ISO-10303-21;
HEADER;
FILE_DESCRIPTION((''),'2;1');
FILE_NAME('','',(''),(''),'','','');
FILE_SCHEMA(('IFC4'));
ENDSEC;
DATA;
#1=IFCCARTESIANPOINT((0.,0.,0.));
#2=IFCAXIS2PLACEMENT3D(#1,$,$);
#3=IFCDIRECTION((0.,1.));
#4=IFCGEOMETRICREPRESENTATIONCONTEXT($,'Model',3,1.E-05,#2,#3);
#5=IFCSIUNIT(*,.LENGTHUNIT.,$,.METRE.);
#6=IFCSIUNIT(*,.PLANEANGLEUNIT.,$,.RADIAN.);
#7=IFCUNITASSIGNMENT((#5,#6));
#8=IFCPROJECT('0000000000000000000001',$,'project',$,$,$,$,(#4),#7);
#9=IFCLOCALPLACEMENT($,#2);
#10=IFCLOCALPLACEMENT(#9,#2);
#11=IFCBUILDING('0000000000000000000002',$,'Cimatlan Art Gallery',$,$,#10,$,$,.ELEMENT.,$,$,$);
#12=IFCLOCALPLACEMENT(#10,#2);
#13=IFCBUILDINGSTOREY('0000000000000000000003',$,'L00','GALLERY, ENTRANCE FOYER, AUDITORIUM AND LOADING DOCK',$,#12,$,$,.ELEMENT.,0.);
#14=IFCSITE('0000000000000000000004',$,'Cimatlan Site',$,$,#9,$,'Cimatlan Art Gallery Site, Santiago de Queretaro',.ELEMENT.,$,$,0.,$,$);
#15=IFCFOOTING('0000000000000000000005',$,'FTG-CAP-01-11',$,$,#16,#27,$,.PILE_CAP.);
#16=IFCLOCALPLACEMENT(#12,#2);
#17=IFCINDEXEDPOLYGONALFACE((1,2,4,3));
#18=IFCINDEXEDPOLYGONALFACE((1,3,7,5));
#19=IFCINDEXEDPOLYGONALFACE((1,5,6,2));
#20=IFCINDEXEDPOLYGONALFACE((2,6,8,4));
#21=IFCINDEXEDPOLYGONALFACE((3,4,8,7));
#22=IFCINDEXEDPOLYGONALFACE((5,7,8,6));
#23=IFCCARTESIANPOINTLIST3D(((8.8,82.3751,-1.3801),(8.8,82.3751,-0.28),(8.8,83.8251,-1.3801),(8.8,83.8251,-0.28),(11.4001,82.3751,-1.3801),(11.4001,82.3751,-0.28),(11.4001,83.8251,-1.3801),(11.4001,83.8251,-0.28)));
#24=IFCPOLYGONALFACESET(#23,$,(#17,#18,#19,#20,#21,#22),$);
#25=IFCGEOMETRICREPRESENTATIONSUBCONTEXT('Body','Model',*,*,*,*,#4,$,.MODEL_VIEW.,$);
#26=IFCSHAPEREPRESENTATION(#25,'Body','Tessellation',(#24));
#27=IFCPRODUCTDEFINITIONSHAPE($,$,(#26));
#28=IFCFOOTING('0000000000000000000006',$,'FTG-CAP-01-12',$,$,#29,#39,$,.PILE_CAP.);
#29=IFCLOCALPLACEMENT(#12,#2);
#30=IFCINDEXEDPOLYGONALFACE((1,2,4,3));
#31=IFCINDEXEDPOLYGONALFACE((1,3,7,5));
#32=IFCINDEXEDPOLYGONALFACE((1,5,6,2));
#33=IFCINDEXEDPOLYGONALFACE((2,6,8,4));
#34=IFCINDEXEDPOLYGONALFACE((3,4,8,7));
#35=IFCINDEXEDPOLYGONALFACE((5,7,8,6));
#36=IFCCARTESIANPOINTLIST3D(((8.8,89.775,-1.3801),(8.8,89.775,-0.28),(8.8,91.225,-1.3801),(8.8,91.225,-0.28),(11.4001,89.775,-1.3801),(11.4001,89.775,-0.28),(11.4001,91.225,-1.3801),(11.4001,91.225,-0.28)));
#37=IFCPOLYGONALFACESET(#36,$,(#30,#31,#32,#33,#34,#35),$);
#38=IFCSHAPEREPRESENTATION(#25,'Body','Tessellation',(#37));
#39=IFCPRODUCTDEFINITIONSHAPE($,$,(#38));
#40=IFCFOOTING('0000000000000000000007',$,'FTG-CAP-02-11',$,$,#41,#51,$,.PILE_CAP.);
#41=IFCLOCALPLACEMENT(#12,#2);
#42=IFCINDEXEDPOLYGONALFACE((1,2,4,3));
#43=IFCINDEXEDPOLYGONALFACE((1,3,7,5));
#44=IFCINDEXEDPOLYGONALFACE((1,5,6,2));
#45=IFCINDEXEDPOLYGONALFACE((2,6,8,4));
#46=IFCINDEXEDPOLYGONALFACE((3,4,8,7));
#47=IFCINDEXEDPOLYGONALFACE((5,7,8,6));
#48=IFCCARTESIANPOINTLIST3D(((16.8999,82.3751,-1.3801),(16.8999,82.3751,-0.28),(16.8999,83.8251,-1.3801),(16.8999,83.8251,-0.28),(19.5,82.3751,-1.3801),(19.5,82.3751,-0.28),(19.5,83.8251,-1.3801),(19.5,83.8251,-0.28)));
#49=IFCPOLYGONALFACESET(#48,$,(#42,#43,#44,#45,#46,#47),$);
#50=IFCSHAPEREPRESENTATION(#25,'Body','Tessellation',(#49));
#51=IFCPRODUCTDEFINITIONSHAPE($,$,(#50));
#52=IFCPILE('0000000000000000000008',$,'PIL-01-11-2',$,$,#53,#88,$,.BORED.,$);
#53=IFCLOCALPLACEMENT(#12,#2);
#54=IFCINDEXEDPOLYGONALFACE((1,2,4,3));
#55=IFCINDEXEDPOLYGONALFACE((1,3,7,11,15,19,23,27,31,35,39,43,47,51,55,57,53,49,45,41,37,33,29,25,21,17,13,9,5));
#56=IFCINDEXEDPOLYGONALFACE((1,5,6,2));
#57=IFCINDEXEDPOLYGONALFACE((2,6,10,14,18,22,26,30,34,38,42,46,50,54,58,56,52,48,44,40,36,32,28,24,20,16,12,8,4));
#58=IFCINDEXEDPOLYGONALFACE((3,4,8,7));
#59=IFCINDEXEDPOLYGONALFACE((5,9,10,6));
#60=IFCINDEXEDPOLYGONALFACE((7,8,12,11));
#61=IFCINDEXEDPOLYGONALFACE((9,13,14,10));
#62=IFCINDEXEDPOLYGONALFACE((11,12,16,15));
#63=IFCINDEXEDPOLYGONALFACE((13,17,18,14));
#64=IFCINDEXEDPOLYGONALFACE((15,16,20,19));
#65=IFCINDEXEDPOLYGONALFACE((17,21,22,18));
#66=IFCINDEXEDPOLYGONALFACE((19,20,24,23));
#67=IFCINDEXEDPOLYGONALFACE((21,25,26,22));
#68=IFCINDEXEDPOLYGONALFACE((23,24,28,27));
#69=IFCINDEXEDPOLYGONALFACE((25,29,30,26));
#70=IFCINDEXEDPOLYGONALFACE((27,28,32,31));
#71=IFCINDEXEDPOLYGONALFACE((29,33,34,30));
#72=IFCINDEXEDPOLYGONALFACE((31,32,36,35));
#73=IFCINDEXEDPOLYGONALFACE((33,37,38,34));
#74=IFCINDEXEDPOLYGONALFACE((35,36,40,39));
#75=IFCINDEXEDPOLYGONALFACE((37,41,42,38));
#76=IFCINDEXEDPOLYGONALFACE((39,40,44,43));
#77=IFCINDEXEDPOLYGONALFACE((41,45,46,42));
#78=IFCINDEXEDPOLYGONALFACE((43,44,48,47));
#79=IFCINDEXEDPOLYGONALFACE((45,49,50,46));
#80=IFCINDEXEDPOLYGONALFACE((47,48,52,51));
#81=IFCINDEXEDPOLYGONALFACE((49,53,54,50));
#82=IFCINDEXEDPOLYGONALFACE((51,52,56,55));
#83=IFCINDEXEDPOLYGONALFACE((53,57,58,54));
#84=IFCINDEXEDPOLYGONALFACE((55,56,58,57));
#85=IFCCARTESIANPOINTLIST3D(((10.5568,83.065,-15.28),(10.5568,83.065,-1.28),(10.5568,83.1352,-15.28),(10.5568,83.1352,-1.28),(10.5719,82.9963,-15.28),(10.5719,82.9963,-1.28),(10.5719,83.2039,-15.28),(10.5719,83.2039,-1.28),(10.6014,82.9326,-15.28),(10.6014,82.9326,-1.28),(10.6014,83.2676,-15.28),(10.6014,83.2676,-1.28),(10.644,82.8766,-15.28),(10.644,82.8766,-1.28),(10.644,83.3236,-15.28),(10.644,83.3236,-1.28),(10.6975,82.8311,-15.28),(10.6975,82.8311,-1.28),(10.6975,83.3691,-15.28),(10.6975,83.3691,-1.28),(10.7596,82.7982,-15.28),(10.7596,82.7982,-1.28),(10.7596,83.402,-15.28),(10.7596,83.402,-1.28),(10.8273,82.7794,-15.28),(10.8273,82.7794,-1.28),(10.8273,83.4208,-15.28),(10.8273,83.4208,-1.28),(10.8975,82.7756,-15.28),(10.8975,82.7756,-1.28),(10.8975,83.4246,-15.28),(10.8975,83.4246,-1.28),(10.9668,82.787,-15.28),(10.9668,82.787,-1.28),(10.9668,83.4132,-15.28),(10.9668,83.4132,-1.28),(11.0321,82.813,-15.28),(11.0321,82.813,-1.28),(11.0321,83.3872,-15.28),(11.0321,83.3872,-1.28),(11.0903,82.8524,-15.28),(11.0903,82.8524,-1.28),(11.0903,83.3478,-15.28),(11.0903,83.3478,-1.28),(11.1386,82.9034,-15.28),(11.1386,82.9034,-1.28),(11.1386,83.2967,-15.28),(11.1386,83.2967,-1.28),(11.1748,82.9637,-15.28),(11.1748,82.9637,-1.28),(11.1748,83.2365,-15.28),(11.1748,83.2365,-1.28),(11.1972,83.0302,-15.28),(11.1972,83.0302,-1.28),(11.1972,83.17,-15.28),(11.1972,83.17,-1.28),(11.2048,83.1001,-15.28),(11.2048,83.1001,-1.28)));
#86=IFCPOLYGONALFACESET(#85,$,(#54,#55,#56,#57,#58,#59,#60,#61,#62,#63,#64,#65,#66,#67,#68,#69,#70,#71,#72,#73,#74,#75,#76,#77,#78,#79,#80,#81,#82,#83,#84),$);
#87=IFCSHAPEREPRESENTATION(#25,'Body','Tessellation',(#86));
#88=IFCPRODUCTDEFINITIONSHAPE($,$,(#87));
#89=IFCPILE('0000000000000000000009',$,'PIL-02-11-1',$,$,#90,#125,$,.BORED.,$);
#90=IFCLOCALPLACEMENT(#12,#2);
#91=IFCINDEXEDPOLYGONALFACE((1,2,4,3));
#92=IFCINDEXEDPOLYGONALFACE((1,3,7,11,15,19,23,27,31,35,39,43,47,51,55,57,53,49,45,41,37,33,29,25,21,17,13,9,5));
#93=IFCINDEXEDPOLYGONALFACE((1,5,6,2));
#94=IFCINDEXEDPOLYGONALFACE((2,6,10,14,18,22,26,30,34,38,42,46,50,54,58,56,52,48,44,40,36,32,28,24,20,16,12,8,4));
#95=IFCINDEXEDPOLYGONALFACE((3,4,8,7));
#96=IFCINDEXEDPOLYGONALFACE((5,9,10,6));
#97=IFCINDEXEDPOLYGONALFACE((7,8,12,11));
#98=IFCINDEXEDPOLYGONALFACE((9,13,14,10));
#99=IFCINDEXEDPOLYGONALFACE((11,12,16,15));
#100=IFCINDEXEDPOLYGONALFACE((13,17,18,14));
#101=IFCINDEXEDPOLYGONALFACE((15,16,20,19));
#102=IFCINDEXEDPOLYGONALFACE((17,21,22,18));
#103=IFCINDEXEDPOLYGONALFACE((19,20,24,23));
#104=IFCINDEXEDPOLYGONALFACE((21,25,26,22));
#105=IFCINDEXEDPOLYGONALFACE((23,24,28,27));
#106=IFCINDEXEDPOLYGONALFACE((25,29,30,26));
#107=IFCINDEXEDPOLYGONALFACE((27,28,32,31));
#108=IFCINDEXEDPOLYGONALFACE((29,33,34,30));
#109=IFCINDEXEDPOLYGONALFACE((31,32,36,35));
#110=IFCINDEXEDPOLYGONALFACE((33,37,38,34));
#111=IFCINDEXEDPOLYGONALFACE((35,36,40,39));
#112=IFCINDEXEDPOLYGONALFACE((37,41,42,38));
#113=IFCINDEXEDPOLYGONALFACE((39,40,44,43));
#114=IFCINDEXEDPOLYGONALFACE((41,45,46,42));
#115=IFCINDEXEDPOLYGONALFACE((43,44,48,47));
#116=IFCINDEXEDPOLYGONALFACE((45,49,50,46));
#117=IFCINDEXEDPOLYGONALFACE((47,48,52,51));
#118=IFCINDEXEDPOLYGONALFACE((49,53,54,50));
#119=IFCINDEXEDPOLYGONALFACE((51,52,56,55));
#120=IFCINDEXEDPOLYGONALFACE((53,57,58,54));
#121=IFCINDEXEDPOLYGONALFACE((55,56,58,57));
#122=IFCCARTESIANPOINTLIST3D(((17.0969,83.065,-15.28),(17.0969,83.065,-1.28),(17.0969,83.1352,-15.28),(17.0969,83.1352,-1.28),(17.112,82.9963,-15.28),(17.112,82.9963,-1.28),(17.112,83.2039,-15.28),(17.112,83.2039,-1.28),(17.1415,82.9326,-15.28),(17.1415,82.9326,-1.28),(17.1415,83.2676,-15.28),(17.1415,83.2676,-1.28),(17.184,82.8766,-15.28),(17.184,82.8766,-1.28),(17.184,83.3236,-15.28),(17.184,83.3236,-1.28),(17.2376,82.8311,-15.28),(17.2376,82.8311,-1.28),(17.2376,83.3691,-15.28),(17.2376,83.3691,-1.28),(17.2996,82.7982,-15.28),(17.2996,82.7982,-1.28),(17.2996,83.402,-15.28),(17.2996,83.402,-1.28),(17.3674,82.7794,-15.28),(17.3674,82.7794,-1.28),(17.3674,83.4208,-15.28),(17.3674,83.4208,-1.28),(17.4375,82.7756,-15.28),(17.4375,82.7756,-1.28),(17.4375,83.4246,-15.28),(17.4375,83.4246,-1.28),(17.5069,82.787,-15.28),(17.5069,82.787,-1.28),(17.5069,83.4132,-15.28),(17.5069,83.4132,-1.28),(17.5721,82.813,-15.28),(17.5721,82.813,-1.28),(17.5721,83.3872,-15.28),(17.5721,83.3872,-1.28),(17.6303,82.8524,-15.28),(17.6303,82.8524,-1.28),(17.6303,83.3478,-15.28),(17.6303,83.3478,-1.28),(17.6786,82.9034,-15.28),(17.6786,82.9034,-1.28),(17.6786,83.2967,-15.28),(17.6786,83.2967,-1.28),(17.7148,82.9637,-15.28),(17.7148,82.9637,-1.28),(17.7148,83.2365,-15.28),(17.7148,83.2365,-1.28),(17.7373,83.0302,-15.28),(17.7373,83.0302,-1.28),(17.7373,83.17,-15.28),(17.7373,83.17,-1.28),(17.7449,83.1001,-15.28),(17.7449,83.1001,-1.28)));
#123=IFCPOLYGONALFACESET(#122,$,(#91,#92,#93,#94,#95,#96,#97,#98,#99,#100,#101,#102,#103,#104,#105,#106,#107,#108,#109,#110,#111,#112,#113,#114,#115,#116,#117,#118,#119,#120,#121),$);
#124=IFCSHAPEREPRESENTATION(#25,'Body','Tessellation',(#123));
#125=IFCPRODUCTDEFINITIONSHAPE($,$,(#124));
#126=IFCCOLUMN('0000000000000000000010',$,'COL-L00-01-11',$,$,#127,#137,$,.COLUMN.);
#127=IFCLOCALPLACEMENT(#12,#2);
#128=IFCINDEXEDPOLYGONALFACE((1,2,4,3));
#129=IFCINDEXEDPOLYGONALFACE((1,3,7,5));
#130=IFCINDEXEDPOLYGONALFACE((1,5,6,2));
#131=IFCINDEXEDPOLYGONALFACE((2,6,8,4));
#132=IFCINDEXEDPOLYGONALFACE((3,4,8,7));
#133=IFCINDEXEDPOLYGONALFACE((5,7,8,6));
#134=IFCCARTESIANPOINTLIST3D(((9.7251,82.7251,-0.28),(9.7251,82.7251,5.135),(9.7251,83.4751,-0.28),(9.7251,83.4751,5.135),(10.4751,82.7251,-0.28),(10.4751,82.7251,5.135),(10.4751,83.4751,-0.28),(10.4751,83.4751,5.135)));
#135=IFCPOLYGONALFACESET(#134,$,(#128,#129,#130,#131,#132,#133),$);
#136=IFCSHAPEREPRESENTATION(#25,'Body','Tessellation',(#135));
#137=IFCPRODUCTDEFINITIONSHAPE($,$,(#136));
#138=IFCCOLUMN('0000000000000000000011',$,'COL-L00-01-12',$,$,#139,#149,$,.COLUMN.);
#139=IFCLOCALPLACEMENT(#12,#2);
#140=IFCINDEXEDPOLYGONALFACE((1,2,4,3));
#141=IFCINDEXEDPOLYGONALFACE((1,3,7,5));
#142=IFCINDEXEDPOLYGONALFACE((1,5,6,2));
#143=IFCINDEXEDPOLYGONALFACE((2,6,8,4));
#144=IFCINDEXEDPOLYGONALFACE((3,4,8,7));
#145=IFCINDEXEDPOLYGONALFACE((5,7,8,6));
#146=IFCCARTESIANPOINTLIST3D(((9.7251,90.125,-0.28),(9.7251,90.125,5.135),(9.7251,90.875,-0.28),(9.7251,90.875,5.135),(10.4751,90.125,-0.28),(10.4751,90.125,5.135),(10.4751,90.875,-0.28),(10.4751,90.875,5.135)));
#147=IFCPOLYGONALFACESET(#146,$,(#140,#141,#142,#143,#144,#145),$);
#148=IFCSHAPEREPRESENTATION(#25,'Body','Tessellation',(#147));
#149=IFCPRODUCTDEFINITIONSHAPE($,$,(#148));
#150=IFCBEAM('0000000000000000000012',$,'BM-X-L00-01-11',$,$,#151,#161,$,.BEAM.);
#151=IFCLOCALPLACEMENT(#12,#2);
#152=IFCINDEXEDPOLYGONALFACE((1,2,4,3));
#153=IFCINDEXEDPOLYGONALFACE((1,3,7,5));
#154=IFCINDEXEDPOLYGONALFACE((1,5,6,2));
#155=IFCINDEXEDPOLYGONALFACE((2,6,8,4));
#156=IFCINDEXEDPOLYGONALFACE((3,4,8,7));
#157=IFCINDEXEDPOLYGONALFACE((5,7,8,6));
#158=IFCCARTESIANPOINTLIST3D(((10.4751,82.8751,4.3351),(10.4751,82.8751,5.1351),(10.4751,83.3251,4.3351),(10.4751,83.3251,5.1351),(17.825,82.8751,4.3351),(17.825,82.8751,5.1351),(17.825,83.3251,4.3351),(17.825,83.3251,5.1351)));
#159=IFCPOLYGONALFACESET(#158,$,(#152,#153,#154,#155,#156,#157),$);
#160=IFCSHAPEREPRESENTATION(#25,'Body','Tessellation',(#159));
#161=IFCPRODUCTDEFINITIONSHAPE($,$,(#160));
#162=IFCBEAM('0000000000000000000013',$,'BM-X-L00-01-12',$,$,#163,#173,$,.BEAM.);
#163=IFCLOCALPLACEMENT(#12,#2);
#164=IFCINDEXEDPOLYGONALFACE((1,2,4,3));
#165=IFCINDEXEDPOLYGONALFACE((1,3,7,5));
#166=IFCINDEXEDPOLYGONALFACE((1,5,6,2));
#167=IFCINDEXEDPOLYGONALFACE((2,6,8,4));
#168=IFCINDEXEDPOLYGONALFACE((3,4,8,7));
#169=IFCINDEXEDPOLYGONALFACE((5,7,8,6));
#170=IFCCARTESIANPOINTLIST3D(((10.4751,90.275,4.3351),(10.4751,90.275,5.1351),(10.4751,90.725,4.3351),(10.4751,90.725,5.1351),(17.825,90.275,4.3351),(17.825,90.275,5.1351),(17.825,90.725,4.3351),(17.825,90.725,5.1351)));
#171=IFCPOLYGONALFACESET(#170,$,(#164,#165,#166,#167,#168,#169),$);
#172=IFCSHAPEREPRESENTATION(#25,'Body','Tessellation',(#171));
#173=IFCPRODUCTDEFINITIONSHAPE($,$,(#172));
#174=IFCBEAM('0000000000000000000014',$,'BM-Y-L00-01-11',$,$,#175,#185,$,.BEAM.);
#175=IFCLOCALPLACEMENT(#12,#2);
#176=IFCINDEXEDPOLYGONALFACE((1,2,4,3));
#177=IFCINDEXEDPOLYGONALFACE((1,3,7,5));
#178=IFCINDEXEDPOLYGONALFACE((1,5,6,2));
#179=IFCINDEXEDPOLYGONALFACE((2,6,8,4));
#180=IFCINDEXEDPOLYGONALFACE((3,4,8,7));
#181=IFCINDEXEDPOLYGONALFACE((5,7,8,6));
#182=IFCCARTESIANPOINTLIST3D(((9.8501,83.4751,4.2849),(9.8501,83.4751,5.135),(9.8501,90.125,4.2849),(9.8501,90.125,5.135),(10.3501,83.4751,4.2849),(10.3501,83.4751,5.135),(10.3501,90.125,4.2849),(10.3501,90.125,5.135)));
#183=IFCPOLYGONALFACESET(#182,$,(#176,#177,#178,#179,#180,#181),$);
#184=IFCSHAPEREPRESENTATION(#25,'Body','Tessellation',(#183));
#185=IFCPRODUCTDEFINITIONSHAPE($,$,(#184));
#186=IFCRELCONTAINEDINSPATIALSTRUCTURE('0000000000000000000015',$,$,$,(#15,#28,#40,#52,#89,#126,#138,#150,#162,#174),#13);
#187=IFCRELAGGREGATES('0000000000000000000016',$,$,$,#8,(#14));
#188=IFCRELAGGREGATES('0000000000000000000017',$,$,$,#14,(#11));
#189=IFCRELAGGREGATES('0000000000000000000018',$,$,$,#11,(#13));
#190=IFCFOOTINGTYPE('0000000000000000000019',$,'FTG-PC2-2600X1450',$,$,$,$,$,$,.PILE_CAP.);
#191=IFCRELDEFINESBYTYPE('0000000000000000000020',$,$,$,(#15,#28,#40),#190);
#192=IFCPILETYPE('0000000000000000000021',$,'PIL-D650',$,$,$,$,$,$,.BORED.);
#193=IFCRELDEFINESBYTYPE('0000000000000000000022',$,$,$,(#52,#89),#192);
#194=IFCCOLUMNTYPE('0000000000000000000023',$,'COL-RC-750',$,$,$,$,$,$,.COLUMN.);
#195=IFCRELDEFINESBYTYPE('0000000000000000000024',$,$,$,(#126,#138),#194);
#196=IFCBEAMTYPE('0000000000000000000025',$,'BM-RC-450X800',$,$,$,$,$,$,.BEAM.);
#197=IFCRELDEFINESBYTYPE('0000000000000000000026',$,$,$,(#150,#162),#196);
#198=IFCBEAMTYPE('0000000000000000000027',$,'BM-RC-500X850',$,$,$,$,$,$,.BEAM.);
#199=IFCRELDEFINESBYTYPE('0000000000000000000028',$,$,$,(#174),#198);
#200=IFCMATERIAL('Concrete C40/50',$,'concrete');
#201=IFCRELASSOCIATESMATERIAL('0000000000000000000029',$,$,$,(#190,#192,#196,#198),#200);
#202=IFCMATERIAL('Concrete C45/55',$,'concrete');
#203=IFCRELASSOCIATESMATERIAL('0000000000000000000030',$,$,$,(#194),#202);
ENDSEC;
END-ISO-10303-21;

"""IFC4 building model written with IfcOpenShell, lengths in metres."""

from ifc_helpers import new_model, si_unit, direction, frame, origin, origin_2d, place, context, subcontext, project, spatial, rectangle, circle, extrude, material, material_profile, profile_set, type_object, element, save


model = new_model("IFC4")

# Units and contexts
model_context = context("Model", 3, precision=1e-05, world=origin(), true_north=direction((0.0, 1.0)))
body_context = subcontext(model_context, "Body", "Model", "MODEL_VIEW")
ifc_project = project(units=[si_unit("LENGTHUNIT", "METRE"), si_unit("PLANEANGLEUNIT", "RADIAN")], contexts=[model_context])

# Site, building, storey
site_placement = place(None, origin())
site = spatial("IfcSite", under=ifc_project, at=site_placement, Name="Cimatlan Site", LongName="Cimatlan Art Gallery Site, Santiago de Queretaro", CompositionType="ELEMENT", RefElevation=0.0)
building_placement = place(site_placement, origin())
building = spatial("IfcBuilding", under=site, at=building_placement, Name="Cimatlan Art Gallery", CompositionType="ELEMENT")
storey_placement = place(building_placement, origin())
storey = spatial("IfcBuildingStorey", under=building, at=storey_placement, Name="L00", Description="GALLERY, ENTRANCE FOYER, AUDITORIUM AND LOADING DOCK", CompositionType="ELEMENT", Elevation=0.0)

# Footings
ifc_material_1 = material(Name="Concrete C40/50", Category="concrete")
footing_type = type_object("IfcFootingType", Name="FTG-PC2-2600X1450", PredefinedType="PILE_CAP", material=ifc_material_1)
for number, where, z_axis, x_axis, name in (
    (1, (10.1001, 83.1001, -1.3801), (0.0, 0.0, 1.0), (1.0, 0.0, 0.0), "FTG-CAP-01-11"),
    (2, (10.1001, 90.5, -1.3801), (0.0, 0.0, 1.0), (1.0, 0.0, 0.0), "FTG-CAP-01-12"),
    (3, (18.2, 83.1001, -1.3801), (0.0, 0.0, 1.0), (1.0, 0.0, 0.0), "FTG-CAP-02-11"),
):
    element("IfcFooting", number, at=place(storey_placement, frame(where, z_axis=z_axis, x_axis=x_axis)), inside=storey, type_object=footing_type, Name=name, PredefinedType="PILE_CAP", context=body_context, shape_type="SweptSolid", body=[
        extrude(rectangle(XDim=2.6001, YDim=1.45, at=origin_2d()), origin(), (0.0, 0.0, 1.0), 1.1001),
    ])

# Piles
pile_type = type_object("IfcPileType", Name="PIL-D650", PredefinedType="BORED", material=ifc_material_1)
for number, where, z_axis, x_axis, name in (
    (4, (10.8799, 83.1001, -1.28), (0.0, 0.0, -1.0), (1.0, 0.0, 0.0), "PIL-01-11-2"),
    (5, (17.4199, 83.1001, -1.28), (0.0, 0.0, -1.0), (1.0, 0.0, 0.0), "PIL-02-11-1"),
):
    element("IfcPile", number, at=place(storey_placement, frame(where, z_axis=z_axis, x_axis=x_axis)), inside=storey, type_object=pile_type, Name=name, PredefinedType="BORED", context=body_context, shape_type="SweptSolid", body=[
        extrude(circle(Radius=0.325, at=origin_2d()), origin(), (0.0, 0.0, 1.0), 14.0),
    ])

# Columns
ifc_material_2 = material(Name="Concrete C45/55", Category="concrete")
ifc_material_profile_1 = material_profile(ifc_material_2, rectangle(XDim=0.75, YDim=0.75, at=origin_2d()), Name="RC750X750")
ifc_profile_set_1 = profile_set([ifc_material_profile_1], Name="Concrete C45/55")
column_type = type_object("IfcColumnType", Name="COL-RC-750", PredefinedType="COLUMN", material=ifc_profile_set_1)
for number, where, z_axis, x_axis, name in (
    (6, (10.1001, 83.1001, -0.28), (0.0, 0.0, 1.0), (1.0, 0.0, 0.0), "COL-L00-01-11"),
    (7, (10.1001, 90.5, -0.28), (0.0, 0.0, 1.0), (1.0, 0.0, 0.0), "COL-L00-01-12"),
):
    element("IfcColumn", number, at=place(storey_placement, frame(where, z_axis=z_axis, x_axis=x_axis)), inside=storey, type_object=column_type, Name=name, PredefinedType="COLUMN", context=body_context, shape_type="SweptSolid", body=[
        extrude(rectangle(XDim=0.75, YDim=0.75, at=origin_2d()), origin(), (0.0, 0.0, 1.0), 5.415),
    ])

# Beams
ifc_material_profile_2 = material_profile(ifc_material_1, rectangle(XDim=0.45, YDim=0.8, at=origin_2d()), Name="RC450X800")
ifc_profile_set_2 = profile_set([ifc_material_profile_2], Name="Concrete C40/50")
beam_type_1 = type_object("IfcBeamType", Name="BM-RC-450X800", PredefinedType="BEAM", material=ifc_profile_set_2)
for number, where, z_axis, x_axis, name in (
    (8, (10.4751, 83.1001, 4.7351), (1.0, 0.0, 0.0), (0.0, 1.0, 0.0), "BM-X-L00-01-11"),
    (9, (10.4751, 90.5, 4.7351), (1.0, 0.0, 0.0), (0.0, 1.0, 0.0), "BM-X-L00-01-12"),
):
    element("IfcBeam", number, at=place(storey_placement, frame(where, z_axis=z_axis, x_axis=x_axis)), inside=storey, type_object=beam_type_1, Name=name, PredefinedType="BEAM", context=body_context, shape_type="SweptSolid", body=[
        extrude(rectangle(XDim=0.45, YDim=0.8, at=origin_2d()), origin(), (0.0, 0.0, 1.0), 7.3499),
    ])
ifc_material_profile_3 = material_profile(ifc_material_1, rectangle(XDim=0.5, YDim=0.8501, at=origin_2d()), Name="RC500X850")
ifc_profile_set_3 = profile_set([ifc_material_profile_3], Name="Concrete C40/50")
beam_type_2 = type_object("IfcBeamType", Name="BM-RC-500X850", PredefinedType="BEAM", material=ifc_profile_set_3)
beam_placement = place(storey_placement, frame((10.1001, 83.4751, 4.71), z_axis=(0.0, 1.0, 0.0), x_axis=(-1.0, 0.0, 0.0)))
element("IfcBeam", 10, at=beam_placement, inside=storey, type_object=beam_type_2, Name="BM-Y-L00-01-11", PredefinedType="BEAM", context=body_context, shape_type="SweptSolid", body=[
    extrude(rectangle(XDim=0.5, YDim=0.8501, at=origin_2d()), origin(), (0.0, 0.0, 1.0), 6.6499),
])

save(model, "model.ifc")
